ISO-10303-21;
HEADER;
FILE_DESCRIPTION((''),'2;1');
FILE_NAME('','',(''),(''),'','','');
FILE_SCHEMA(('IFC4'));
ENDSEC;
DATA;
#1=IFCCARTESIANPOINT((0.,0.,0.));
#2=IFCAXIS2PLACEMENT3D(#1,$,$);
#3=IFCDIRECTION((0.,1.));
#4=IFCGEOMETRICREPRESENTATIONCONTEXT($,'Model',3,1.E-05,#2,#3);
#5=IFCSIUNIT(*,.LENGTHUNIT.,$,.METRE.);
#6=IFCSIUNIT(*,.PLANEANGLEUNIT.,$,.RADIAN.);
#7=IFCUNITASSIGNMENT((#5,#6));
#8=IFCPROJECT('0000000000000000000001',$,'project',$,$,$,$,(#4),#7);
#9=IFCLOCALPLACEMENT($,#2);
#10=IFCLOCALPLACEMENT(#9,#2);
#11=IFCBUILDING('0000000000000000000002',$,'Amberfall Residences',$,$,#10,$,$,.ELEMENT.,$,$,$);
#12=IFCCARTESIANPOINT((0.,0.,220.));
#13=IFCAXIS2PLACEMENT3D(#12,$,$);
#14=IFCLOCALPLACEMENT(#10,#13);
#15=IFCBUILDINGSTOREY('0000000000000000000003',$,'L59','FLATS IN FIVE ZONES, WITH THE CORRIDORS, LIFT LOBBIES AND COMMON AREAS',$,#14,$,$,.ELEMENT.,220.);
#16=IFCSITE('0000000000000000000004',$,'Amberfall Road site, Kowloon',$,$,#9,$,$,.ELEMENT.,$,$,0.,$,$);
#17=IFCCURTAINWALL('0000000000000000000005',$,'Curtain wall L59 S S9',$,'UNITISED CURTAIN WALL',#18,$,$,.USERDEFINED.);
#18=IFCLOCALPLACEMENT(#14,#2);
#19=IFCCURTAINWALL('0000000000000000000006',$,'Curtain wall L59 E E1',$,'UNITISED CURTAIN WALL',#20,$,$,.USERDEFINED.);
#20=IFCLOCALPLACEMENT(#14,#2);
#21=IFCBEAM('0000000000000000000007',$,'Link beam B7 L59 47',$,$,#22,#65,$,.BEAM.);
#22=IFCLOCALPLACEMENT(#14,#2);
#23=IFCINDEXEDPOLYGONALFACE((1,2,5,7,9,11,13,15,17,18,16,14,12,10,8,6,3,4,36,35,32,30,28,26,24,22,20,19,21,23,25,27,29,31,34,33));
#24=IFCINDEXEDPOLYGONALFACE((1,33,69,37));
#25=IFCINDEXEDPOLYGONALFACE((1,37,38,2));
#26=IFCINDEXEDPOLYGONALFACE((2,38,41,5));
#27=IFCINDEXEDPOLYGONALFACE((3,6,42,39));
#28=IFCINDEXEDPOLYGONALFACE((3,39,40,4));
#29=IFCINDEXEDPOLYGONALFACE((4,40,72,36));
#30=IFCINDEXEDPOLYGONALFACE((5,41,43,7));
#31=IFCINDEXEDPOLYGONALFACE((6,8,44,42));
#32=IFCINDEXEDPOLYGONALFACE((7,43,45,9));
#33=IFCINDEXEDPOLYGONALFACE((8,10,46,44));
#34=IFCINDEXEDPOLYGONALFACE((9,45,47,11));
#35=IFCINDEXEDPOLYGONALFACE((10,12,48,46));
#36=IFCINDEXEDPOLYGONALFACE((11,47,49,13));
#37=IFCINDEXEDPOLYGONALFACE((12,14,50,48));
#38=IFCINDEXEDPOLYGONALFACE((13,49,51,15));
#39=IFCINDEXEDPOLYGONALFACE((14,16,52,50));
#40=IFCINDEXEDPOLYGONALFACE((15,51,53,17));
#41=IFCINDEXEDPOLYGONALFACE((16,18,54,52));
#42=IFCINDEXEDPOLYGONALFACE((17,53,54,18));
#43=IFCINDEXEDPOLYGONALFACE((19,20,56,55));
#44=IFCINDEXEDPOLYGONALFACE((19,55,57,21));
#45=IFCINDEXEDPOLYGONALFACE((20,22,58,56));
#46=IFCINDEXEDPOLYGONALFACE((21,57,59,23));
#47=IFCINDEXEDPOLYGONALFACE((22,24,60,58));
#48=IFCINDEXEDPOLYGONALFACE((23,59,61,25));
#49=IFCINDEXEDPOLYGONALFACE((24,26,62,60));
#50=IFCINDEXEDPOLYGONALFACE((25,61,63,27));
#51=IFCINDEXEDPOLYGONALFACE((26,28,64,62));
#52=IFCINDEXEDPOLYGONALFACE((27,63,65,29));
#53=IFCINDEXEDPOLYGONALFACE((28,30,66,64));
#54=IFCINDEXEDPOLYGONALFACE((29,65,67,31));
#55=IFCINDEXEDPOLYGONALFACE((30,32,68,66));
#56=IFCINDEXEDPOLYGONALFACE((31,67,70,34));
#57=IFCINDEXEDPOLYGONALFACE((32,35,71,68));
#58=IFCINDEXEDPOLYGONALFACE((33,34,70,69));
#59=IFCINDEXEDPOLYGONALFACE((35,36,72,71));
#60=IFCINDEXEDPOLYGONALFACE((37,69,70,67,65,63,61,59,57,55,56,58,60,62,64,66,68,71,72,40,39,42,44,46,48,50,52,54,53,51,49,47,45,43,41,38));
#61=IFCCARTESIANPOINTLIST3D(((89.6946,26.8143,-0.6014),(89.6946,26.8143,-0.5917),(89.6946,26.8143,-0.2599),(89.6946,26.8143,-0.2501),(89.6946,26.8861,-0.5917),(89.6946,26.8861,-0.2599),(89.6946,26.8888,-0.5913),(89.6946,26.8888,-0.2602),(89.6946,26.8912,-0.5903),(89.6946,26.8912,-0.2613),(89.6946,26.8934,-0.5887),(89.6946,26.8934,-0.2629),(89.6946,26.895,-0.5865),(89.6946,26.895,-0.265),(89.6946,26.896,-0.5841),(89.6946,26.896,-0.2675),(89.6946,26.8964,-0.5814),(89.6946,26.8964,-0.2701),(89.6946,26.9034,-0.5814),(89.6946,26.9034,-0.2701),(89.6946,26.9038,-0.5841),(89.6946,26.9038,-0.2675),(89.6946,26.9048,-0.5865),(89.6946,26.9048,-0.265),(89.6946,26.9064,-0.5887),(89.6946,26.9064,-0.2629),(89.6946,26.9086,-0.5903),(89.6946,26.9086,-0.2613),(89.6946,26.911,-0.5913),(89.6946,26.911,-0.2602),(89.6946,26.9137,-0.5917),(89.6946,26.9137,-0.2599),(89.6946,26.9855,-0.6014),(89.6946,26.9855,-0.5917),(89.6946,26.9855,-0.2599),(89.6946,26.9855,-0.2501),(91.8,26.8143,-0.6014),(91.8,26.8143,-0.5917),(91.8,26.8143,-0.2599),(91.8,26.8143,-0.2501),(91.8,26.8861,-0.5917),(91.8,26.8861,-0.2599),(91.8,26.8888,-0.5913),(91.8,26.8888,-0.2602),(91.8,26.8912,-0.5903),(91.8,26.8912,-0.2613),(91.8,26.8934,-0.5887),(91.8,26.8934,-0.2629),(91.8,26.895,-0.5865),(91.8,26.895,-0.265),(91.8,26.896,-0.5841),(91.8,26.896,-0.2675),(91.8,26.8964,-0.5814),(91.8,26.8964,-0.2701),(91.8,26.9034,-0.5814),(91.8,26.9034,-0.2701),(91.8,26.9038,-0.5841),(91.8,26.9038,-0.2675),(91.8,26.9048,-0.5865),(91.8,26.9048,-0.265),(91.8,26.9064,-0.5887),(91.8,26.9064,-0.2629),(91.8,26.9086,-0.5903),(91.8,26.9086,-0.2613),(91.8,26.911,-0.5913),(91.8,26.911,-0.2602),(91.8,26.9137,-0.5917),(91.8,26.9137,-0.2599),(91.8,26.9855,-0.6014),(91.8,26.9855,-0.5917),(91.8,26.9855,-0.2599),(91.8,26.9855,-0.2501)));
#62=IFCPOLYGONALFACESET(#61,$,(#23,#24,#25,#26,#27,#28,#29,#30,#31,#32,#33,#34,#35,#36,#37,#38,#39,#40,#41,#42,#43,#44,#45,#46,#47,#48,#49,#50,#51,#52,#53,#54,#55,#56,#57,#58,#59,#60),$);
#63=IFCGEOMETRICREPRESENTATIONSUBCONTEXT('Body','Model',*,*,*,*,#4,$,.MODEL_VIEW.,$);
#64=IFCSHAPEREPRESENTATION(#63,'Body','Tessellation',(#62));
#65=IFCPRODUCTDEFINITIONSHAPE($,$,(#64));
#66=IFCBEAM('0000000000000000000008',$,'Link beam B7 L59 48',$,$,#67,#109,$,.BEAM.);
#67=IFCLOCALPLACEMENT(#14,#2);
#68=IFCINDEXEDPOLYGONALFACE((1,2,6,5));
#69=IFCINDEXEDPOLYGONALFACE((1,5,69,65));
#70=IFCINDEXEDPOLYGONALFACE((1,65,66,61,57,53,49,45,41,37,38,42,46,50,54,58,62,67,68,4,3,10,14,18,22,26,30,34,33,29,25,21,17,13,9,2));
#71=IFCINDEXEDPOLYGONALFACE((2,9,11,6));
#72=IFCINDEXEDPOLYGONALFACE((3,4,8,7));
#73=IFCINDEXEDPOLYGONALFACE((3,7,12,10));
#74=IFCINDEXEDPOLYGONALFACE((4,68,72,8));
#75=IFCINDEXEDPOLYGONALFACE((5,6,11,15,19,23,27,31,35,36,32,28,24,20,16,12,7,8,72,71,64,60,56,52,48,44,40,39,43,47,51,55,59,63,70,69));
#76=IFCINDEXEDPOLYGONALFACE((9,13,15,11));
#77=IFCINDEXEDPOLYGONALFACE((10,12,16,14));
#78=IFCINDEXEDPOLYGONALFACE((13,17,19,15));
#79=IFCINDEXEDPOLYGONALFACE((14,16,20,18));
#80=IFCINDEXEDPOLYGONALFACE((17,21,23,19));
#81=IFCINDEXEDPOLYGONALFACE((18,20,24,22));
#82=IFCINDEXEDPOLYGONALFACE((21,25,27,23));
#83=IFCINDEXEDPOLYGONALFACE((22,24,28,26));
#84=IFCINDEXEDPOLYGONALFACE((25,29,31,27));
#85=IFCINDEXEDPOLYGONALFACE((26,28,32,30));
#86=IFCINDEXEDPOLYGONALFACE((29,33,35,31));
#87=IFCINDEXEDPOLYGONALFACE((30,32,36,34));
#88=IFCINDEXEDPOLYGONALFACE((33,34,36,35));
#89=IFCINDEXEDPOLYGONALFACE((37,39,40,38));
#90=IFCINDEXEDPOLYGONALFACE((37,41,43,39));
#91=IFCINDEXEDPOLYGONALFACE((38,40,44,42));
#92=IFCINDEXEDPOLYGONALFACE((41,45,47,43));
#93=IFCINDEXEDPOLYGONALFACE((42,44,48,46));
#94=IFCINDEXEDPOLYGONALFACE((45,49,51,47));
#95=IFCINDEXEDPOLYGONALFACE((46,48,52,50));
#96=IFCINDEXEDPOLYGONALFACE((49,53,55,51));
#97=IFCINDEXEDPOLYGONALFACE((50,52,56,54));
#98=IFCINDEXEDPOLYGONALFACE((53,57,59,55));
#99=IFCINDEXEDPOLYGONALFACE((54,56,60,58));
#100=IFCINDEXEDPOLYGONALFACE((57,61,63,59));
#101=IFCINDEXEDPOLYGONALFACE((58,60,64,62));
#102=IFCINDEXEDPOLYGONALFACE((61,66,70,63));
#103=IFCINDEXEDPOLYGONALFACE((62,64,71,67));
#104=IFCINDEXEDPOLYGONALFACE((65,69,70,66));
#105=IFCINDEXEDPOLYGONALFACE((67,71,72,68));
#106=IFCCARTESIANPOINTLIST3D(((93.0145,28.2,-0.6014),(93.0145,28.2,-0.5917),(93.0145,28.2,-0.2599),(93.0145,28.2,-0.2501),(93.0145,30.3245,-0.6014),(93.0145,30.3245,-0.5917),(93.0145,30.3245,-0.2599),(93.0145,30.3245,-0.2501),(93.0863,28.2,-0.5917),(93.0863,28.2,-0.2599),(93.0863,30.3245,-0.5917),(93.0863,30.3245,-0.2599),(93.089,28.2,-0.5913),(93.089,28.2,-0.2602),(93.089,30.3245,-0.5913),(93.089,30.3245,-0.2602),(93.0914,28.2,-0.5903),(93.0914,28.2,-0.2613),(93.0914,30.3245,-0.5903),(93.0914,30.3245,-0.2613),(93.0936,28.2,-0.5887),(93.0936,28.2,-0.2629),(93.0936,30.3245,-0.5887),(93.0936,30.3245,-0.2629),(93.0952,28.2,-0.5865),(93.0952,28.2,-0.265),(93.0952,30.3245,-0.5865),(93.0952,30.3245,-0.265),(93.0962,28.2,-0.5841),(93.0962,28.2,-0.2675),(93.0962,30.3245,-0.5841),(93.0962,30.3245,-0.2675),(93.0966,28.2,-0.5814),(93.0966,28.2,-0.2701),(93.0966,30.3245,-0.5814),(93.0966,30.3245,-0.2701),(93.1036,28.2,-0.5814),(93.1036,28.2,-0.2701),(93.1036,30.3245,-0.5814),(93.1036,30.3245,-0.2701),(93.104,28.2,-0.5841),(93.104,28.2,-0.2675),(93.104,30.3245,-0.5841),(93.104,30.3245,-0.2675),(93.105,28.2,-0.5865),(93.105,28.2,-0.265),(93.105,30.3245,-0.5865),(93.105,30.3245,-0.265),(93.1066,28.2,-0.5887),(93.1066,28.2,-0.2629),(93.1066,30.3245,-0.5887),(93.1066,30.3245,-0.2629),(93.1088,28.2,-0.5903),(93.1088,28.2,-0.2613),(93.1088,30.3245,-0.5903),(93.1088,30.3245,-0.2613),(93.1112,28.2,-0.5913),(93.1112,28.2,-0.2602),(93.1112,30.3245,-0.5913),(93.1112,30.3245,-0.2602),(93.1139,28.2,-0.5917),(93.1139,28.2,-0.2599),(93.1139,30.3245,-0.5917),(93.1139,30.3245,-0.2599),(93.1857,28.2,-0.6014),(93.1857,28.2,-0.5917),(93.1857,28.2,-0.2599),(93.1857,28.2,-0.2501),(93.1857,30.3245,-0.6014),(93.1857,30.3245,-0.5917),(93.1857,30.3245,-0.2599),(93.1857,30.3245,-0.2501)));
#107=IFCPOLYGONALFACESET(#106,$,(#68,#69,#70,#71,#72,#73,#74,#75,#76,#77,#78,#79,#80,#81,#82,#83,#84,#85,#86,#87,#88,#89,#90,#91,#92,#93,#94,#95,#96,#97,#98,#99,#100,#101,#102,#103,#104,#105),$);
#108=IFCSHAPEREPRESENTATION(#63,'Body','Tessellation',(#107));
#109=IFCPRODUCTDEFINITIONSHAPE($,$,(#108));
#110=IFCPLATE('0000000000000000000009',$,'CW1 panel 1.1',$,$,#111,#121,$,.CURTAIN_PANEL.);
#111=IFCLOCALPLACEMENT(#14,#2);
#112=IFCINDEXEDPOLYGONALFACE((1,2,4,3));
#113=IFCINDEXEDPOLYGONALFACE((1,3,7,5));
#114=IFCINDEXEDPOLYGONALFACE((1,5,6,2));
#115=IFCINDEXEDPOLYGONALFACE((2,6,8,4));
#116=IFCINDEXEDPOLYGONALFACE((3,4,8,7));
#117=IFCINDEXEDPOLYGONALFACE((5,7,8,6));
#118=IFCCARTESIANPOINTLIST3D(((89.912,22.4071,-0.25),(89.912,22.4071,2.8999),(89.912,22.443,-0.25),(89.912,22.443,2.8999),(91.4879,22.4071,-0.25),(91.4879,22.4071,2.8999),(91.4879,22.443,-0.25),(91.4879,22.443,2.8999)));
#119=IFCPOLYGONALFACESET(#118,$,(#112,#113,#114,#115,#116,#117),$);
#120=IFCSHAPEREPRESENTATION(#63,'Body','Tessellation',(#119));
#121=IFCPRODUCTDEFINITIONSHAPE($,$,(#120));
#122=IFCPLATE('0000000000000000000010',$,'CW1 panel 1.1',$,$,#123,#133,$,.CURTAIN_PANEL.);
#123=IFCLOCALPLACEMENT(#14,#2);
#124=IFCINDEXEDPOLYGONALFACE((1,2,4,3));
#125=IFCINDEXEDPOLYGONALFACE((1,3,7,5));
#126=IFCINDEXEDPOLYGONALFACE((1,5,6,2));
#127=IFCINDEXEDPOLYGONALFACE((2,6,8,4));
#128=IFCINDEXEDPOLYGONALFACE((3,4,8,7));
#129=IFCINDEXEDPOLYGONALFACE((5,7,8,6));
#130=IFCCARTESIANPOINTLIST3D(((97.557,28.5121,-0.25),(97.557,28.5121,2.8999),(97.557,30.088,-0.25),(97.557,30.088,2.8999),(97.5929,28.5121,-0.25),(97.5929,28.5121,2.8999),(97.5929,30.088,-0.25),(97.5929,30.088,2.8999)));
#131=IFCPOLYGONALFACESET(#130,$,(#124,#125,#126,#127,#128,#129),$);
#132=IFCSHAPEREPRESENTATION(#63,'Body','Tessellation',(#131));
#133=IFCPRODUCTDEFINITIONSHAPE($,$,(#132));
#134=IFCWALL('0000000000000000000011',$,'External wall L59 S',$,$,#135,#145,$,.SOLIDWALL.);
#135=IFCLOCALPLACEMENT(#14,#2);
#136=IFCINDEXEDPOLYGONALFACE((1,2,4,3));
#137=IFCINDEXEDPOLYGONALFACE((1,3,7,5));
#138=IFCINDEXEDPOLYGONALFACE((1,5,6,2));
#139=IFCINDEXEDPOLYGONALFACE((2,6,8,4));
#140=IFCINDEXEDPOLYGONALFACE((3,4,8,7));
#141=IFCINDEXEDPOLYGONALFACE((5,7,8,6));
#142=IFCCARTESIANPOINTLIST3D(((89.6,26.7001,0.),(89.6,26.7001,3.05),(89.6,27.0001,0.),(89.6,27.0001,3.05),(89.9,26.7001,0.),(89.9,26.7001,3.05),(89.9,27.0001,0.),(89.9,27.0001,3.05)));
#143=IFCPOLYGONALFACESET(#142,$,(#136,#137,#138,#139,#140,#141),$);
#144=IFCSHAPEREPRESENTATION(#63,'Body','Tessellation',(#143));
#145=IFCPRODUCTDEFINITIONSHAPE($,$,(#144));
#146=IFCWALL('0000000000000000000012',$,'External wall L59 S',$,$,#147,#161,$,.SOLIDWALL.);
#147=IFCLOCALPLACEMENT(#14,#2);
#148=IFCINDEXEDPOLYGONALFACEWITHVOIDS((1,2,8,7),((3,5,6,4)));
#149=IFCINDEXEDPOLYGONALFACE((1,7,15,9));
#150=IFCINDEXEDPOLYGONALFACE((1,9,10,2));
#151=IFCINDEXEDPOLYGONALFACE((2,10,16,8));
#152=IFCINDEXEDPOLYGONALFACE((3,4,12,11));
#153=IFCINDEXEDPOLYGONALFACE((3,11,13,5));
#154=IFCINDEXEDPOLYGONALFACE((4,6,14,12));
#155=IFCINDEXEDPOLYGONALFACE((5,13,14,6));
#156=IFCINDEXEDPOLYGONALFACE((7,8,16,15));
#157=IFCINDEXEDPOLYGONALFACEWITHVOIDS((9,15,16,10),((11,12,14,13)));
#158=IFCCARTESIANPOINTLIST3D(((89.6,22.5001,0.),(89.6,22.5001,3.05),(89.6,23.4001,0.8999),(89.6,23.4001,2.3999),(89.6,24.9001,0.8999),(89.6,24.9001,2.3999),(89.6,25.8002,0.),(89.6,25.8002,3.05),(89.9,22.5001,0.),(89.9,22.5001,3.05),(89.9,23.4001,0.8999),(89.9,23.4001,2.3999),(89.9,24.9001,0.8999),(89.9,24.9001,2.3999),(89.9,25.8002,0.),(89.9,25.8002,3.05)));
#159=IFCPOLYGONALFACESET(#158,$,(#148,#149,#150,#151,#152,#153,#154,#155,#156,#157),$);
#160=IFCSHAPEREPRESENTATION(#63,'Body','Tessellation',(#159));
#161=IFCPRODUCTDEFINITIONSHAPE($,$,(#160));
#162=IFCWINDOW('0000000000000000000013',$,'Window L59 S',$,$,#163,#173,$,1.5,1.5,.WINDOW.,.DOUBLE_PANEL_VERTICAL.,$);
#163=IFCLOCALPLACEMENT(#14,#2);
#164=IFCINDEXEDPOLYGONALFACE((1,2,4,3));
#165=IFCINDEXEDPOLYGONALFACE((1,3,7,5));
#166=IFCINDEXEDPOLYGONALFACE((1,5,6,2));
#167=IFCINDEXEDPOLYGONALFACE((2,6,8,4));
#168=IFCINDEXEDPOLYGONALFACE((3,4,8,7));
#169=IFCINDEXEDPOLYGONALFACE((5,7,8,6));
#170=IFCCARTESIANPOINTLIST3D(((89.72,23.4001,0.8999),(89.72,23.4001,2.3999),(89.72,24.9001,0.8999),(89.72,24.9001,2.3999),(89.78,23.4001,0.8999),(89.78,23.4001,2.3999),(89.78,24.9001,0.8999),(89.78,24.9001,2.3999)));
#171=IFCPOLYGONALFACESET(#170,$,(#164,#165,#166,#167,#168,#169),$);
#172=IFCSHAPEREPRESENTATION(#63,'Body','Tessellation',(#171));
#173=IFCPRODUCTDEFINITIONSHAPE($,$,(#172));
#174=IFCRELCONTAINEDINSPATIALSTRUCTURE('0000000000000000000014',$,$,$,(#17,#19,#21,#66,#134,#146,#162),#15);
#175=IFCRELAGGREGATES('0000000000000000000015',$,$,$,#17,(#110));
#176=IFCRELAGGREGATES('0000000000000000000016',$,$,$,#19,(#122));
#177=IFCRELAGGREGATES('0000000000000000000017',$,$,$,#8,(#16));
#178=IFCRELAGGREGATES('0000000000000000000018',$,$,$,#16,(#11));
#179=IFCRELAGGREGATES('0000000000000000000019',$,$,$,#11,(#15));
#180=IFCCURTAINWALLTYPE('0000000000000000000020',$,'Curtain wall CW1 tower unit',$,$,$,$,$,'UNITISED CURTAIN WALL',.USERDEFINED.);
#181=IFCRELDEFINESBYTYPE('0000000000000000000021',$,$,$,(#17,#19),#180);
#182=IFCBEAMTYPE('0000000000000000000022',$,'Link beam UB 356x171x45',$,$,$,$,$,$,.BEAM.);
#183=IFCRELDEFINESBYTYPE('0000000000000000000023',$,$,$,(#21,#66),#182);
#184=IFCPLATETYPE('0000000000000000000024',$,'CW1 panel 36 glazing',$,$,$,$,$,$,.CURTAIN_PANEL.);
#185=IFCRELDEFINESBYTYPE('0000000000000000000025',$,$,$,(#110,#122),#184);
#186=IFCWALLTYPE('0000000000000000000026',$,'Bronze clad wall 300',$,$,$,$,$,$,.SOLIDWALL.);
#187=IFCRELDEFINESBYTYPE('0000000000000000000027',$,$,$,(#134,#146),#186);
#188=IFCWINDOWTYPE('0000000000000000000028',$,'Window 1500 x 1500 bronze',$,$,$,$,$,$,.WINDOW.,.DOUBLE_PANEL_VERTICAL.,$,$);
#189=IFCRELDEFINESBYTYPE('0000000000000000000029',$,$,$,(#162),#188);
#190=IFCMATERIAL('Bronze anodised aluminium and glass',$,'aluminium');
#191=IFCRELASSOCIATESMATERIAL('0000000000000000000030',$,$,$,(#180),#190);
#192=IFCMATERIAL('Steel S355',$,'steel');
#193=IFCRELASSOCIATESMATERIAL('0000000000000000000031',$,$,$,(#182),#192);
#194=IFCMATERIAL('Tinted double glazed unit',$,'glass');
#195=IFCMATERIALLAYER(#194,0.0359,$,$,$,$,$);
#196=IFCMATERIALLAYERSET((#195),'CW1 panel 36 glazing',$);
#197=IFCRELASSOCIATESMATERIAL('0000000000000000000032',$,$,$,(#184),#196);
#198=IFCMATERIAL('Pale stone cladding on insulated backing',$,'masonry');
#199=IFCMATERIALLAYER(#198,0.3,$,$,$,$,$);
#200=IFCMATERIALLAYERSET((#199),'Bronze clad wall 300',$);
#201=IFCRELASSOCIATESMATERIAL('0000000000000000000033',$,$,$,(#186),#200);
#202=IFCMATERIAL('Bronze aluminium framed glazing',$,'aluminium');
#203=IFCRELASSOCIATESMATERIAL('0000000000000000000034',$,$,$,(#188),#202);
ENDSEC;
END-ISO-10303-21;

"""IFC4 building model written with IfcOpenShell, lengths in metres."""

from ifc_helpers import new_model, si_unit, direction, frame, frame_2d, origin, origin_2d, place, context, subcontext, project, spatial, rectangle, i_section, extrude, material, layer, layer_set, material_profile, profile_set, type_object, element, fill, aggregate, save


model = new_model("IFC4")

# Units and contexts
model_context = context("Model", 3, precision=1e-05, world=origin(), true_north=direction((0.0, 1.0)))
body_context = subcontext(model_context, "Body", "Model", "MODEL_VIEW")
ifc_project = project(units=[si_unit("LENGTHUNIT", "METRE"), si_unit("PLANEANGLEUNIT", "RADIAN")], contexts=[model_context])

# Site, building, storey
site_placement = place(None, origin())
site = spatial("IfcSite", under=ifc_project, at=site_placement, Name="Amberfall Road site, Kowloon", CompositionType="ELEMENT", RefElevation=0.0)
building_placement = place(site_placement, origin())
building = spatial("IfcBuilding", under=site, at=building_placement, Name="Amberfall Residences", CompositionType="ELEMENT")
storey_placement = place(building_placement, frame((0.0, 0.0, 220.0)))
storey = spatial("IfcBuildingStorey", under=building, at=storey_placement, Name="L59", Description="FLATS IN FIVE ZONES, WITH THE CORRIDORS, LIFT LOBBIES AND COMMON AREAS", CompositionType="ELEMENT", Elevation=220.0)

# Curtain walls
ifc_material_1 = material(Name="Bronze anodised aluminium and glass", Category="aluminium")
curtain_wall_type_1 = type_object("IfcCurtainWallType", Name="Curtain wall CW1 tower unit", ElementType="UNITISED CURTAIN WALL", PredefinedType="USERDEFINED", material=ifc_material_1)
curtain_wall_1_placement = place(storey_placement, origin())
curtain_wall_1 = element("IfcCurtainWall", 1, at=curtain_wall_1_placement, inside=storey, type_object=curtain_wall_type_1, Name="Curtain wall L59 S S9", ObjectType="UNITISED CURTAIN WALL", PredefinedType="USERDEFINED")
curtain_wall_2_placement = place(storey_placement, origin())
curtain_wall_2 = element("IfcCurtainWall", 2, at=curtain_wall_2_placement, inside=storey, type_object=curtain_wall_type_1, Name="Curtain wall L59 E E1", ObjectType="UNITISED CURTAIN WALL", PredefinedType="USERDEFINED")

# Beams
ifc_material_2 = material(Name="Steel S355", Category="steel")
ifc_material_profile_1 = material_profile(ifc_material_2, i_section(OverallWidth=0.1711, OverallDepth=0.3513, WebThickness=0.0071, FlangeThickness=0.0098, FilletRadius=0.0103, at=origin_2d()), Name="UB 356x171x45")
ifc_profile_set_1 = profile_set([ifc_material_profile_1], Name="Steel S355")
beam_type_1 = type_object("IfcBeamType", Name="Link beam UB 356x171x45", PredefinedType="BEAM", material=ifc_profile_set_1)
beam_1_placement = place(storey_placement, frame((91.8, 26.8999, -0.4258), z_axis=(-1.0, 0.0, 0.0), x_axis=(0.0, -1.0, 0.0)))
element("IfcBeam", 3, at=beam_1_placement, inside=storey, type_object=beam_type_1, Name="Link beam B7 L59 47", PredefinedType="BEAM", context=body_context, shape_type="SweptSolid", body=[
    extrude(i_section(OverallWidth=0.1711, OverallDepth=0.3513, WebThickness=0.0071, FlangeThickness=0.0098, FilletRadius=0.0103, at=origin_2d()), origin(), (0.0, 0.0, 1.0), 2.1055),
])
beam_2_placement = place(storey_placement, frame((93.1001, 28.2, -0.4258), z_axis=(0.0, 1.0, 0.0), x_axis=(-1.0, 0.0, 0.0)))
element("IfcBeam", 4, at=beam_2_placement, inside=storey, type_object=beam_type_1, Name="Link beam B7 L59 48", PredefinedType="BEAM", context=body_context, shape_type="SweptSolid", body=[
    extrude(i_section(OverallWidth=0.1711, OverallDepth=0.3513, WebThickness=0.0071, FlangeThickness=0.0098, FilletRadius=0.0103, at=origin_2d()), origin(), (0.0, 0.0, 1.0), 2.1245),
])

# Plates
ifc_material_3 = material(Name="Tinted double glazed unit", Category="glass")
ifc_layer_1 = layer(ifc_material_3, 0.0359)
ifc_layer_set_1 = layer_set([ifc_layer_1], Name="CW1 panel 36 glazing")
plate_type = type_object("IfcPlateType", Name="CW1 panel 36 glazing", PredefinedType="CURTAIN_PANEL", material=ifc_layer_set_1)
plate_1_placement = place(storey_placement, frame((90.7, 22.425, -0.25), z_axis=(0.0, 0.0, 1.0), x_axis=(1.0, 0.0, 0.0)))
plate_1 = element("IfcPlate", 5, at=plate_1_placement, type_object=plate_type, Name="CW1 panel 1.1", PredefinedType="CURTAIN_PANEL", context=body_context, shape_type="SweptSolid", body=[
    extrude(rectangle(XDim=1.5759, YDim=0.0359, at=origin_2d()), origin(), (0.0, 0.0, 1.0), 3.1499),
])
aggregate(curtain_wall_1, [plate_1])
plate_2_placement = place(storey_placement, frame((97.575, 29.3, -0.25), z_axis=(0.0, 0.0, 1.0), x_axis=(0.0, 1.0, 0.0)))
plate_2 = element("IfcPlate", 6, at=plate_2_placement, type_object=plate_type, Name="CW1 panel 1.1", PredefinedType="CURTAIN_PANEL", context=body_context, shape_type="SweptSolid", body=[
    extrude(rectangle(XDim=1.5759, YDim=0.0359, at=origin_2d()), origin(), (0.0, 0.0, 1.0), 3.1499),
])
aggregate(curtain_wall_2, [plate_2])

# Wall
ifc_material_4 = material(Name="Pale stone cladding on insulated backing", Category="masonry")
ifc_layer_2 = layer(ifc_material_4, 0.3)
ifc_layer_set_2 = layer_set([ifc_layer_2], Name="Bronze clad wall 300")
wall_type_1 = type_object("IfcWallType", Name="Bronze clad wall 300", PredefinedType="SOLIDWALL", material=ifc_layer_set_2)
wall_1_placement = place(storey_placement, frame((89.75, 27.0, 0.0), z_axis=(0.0, 0.0, 1.0), x_axis=(0.0, -1.0, 0.0)))
element("IfcWall", 7, at=wall_1_placement, inside=storey, type_object=wall_type_1, Name="External wall L59 S", PredefinedType="SOLIDWALL", context=body_context, shape_type="SweptSolid", body=[
    extrude(rectangle(XDim=0.3, YDim=0.3, at=frame_2d((0.1499, 0.0))), origin(), (0.0, 0.0, 1.0), 3.05),
])

# Wall, opening, window
wall_2_placement = place(storey_placement, frame((89.75, 25.8, 0.0), z_axis=(0.0, 0.0, 1.0), x_axis=(0.0, -1.0, 0.0)))
wall_2 = element("IfcWall", 8, at=wall_2_placement, inside=storey, type_object=wall_type_1, Name="External wall L59 S", PredefinedType="SOLIDWALL", context=body_context, shape_type="SweptSolid", body=[
    extrude(rectangle(XDim=3.3, YDim=0.3, at=frame_2d((1.6499, 0.0))), origin(), (0.0, 0.0, 1.0), 3.05),
])
opening_1_placement = place(wall_2_placement, frame((0.8999, 0.0, 0.8999)))
opening_1 = element("IfcOpeningElement", 9, at=opening_1_placement, cuts=wall_2, PredefinedType="OPENING", context=body_context, shape_type="SweptSolid", body=[
    extrude(rectangle(XDim=1.5, YDim=1.5, at=frame_2d((0.75, 0.75))), frame((0.0, 0.1599, 0.0), z_axis=(0.0, -1.0, 0.0), x_axis=(1.0, 0.0, 0.0)), (0.0, 0.0, 1.0), 0.3201),
])
ifc_material_5 = material(Name="Bronze aluminium framed glazing", Category="aluminium")
window_type_1 = type_object("IfcWindowType", Name="Window 1500 x 1500 bronze", PartitioningType="DOUBLE_PANEL_VERTICAL", PredefinedType="WINDOW", material=ifc_material_5)
window_1_placement = place(opening_1_placement, origin())
window_1 = element("IfcWindow", 10, at=window_1_placement, inside=storey, type_object=window_type_1, Name="Window L59 S", OverallHeight=1.5, OverallWidth=1.5, PartitioningType="DOUBLE_PANEL_VERTICAL", PredefinedType="WINDOW", context=body_context, shape_type="SweptSolid", body=[
    extrude(rectangle(XDim=1.5, YDim=1.5, at=frame_2d((0.75, 0.75))), frame((0.0, 0.03, 0.0), z_axis=(0.0, -1.0, 0.0), x_axis=(1.0, 0.0, 0.0)), (0.0, 0.0, 1.0), 0.0601),
])
fill(opening_1, window_1)

save(model, "model.ifc")
